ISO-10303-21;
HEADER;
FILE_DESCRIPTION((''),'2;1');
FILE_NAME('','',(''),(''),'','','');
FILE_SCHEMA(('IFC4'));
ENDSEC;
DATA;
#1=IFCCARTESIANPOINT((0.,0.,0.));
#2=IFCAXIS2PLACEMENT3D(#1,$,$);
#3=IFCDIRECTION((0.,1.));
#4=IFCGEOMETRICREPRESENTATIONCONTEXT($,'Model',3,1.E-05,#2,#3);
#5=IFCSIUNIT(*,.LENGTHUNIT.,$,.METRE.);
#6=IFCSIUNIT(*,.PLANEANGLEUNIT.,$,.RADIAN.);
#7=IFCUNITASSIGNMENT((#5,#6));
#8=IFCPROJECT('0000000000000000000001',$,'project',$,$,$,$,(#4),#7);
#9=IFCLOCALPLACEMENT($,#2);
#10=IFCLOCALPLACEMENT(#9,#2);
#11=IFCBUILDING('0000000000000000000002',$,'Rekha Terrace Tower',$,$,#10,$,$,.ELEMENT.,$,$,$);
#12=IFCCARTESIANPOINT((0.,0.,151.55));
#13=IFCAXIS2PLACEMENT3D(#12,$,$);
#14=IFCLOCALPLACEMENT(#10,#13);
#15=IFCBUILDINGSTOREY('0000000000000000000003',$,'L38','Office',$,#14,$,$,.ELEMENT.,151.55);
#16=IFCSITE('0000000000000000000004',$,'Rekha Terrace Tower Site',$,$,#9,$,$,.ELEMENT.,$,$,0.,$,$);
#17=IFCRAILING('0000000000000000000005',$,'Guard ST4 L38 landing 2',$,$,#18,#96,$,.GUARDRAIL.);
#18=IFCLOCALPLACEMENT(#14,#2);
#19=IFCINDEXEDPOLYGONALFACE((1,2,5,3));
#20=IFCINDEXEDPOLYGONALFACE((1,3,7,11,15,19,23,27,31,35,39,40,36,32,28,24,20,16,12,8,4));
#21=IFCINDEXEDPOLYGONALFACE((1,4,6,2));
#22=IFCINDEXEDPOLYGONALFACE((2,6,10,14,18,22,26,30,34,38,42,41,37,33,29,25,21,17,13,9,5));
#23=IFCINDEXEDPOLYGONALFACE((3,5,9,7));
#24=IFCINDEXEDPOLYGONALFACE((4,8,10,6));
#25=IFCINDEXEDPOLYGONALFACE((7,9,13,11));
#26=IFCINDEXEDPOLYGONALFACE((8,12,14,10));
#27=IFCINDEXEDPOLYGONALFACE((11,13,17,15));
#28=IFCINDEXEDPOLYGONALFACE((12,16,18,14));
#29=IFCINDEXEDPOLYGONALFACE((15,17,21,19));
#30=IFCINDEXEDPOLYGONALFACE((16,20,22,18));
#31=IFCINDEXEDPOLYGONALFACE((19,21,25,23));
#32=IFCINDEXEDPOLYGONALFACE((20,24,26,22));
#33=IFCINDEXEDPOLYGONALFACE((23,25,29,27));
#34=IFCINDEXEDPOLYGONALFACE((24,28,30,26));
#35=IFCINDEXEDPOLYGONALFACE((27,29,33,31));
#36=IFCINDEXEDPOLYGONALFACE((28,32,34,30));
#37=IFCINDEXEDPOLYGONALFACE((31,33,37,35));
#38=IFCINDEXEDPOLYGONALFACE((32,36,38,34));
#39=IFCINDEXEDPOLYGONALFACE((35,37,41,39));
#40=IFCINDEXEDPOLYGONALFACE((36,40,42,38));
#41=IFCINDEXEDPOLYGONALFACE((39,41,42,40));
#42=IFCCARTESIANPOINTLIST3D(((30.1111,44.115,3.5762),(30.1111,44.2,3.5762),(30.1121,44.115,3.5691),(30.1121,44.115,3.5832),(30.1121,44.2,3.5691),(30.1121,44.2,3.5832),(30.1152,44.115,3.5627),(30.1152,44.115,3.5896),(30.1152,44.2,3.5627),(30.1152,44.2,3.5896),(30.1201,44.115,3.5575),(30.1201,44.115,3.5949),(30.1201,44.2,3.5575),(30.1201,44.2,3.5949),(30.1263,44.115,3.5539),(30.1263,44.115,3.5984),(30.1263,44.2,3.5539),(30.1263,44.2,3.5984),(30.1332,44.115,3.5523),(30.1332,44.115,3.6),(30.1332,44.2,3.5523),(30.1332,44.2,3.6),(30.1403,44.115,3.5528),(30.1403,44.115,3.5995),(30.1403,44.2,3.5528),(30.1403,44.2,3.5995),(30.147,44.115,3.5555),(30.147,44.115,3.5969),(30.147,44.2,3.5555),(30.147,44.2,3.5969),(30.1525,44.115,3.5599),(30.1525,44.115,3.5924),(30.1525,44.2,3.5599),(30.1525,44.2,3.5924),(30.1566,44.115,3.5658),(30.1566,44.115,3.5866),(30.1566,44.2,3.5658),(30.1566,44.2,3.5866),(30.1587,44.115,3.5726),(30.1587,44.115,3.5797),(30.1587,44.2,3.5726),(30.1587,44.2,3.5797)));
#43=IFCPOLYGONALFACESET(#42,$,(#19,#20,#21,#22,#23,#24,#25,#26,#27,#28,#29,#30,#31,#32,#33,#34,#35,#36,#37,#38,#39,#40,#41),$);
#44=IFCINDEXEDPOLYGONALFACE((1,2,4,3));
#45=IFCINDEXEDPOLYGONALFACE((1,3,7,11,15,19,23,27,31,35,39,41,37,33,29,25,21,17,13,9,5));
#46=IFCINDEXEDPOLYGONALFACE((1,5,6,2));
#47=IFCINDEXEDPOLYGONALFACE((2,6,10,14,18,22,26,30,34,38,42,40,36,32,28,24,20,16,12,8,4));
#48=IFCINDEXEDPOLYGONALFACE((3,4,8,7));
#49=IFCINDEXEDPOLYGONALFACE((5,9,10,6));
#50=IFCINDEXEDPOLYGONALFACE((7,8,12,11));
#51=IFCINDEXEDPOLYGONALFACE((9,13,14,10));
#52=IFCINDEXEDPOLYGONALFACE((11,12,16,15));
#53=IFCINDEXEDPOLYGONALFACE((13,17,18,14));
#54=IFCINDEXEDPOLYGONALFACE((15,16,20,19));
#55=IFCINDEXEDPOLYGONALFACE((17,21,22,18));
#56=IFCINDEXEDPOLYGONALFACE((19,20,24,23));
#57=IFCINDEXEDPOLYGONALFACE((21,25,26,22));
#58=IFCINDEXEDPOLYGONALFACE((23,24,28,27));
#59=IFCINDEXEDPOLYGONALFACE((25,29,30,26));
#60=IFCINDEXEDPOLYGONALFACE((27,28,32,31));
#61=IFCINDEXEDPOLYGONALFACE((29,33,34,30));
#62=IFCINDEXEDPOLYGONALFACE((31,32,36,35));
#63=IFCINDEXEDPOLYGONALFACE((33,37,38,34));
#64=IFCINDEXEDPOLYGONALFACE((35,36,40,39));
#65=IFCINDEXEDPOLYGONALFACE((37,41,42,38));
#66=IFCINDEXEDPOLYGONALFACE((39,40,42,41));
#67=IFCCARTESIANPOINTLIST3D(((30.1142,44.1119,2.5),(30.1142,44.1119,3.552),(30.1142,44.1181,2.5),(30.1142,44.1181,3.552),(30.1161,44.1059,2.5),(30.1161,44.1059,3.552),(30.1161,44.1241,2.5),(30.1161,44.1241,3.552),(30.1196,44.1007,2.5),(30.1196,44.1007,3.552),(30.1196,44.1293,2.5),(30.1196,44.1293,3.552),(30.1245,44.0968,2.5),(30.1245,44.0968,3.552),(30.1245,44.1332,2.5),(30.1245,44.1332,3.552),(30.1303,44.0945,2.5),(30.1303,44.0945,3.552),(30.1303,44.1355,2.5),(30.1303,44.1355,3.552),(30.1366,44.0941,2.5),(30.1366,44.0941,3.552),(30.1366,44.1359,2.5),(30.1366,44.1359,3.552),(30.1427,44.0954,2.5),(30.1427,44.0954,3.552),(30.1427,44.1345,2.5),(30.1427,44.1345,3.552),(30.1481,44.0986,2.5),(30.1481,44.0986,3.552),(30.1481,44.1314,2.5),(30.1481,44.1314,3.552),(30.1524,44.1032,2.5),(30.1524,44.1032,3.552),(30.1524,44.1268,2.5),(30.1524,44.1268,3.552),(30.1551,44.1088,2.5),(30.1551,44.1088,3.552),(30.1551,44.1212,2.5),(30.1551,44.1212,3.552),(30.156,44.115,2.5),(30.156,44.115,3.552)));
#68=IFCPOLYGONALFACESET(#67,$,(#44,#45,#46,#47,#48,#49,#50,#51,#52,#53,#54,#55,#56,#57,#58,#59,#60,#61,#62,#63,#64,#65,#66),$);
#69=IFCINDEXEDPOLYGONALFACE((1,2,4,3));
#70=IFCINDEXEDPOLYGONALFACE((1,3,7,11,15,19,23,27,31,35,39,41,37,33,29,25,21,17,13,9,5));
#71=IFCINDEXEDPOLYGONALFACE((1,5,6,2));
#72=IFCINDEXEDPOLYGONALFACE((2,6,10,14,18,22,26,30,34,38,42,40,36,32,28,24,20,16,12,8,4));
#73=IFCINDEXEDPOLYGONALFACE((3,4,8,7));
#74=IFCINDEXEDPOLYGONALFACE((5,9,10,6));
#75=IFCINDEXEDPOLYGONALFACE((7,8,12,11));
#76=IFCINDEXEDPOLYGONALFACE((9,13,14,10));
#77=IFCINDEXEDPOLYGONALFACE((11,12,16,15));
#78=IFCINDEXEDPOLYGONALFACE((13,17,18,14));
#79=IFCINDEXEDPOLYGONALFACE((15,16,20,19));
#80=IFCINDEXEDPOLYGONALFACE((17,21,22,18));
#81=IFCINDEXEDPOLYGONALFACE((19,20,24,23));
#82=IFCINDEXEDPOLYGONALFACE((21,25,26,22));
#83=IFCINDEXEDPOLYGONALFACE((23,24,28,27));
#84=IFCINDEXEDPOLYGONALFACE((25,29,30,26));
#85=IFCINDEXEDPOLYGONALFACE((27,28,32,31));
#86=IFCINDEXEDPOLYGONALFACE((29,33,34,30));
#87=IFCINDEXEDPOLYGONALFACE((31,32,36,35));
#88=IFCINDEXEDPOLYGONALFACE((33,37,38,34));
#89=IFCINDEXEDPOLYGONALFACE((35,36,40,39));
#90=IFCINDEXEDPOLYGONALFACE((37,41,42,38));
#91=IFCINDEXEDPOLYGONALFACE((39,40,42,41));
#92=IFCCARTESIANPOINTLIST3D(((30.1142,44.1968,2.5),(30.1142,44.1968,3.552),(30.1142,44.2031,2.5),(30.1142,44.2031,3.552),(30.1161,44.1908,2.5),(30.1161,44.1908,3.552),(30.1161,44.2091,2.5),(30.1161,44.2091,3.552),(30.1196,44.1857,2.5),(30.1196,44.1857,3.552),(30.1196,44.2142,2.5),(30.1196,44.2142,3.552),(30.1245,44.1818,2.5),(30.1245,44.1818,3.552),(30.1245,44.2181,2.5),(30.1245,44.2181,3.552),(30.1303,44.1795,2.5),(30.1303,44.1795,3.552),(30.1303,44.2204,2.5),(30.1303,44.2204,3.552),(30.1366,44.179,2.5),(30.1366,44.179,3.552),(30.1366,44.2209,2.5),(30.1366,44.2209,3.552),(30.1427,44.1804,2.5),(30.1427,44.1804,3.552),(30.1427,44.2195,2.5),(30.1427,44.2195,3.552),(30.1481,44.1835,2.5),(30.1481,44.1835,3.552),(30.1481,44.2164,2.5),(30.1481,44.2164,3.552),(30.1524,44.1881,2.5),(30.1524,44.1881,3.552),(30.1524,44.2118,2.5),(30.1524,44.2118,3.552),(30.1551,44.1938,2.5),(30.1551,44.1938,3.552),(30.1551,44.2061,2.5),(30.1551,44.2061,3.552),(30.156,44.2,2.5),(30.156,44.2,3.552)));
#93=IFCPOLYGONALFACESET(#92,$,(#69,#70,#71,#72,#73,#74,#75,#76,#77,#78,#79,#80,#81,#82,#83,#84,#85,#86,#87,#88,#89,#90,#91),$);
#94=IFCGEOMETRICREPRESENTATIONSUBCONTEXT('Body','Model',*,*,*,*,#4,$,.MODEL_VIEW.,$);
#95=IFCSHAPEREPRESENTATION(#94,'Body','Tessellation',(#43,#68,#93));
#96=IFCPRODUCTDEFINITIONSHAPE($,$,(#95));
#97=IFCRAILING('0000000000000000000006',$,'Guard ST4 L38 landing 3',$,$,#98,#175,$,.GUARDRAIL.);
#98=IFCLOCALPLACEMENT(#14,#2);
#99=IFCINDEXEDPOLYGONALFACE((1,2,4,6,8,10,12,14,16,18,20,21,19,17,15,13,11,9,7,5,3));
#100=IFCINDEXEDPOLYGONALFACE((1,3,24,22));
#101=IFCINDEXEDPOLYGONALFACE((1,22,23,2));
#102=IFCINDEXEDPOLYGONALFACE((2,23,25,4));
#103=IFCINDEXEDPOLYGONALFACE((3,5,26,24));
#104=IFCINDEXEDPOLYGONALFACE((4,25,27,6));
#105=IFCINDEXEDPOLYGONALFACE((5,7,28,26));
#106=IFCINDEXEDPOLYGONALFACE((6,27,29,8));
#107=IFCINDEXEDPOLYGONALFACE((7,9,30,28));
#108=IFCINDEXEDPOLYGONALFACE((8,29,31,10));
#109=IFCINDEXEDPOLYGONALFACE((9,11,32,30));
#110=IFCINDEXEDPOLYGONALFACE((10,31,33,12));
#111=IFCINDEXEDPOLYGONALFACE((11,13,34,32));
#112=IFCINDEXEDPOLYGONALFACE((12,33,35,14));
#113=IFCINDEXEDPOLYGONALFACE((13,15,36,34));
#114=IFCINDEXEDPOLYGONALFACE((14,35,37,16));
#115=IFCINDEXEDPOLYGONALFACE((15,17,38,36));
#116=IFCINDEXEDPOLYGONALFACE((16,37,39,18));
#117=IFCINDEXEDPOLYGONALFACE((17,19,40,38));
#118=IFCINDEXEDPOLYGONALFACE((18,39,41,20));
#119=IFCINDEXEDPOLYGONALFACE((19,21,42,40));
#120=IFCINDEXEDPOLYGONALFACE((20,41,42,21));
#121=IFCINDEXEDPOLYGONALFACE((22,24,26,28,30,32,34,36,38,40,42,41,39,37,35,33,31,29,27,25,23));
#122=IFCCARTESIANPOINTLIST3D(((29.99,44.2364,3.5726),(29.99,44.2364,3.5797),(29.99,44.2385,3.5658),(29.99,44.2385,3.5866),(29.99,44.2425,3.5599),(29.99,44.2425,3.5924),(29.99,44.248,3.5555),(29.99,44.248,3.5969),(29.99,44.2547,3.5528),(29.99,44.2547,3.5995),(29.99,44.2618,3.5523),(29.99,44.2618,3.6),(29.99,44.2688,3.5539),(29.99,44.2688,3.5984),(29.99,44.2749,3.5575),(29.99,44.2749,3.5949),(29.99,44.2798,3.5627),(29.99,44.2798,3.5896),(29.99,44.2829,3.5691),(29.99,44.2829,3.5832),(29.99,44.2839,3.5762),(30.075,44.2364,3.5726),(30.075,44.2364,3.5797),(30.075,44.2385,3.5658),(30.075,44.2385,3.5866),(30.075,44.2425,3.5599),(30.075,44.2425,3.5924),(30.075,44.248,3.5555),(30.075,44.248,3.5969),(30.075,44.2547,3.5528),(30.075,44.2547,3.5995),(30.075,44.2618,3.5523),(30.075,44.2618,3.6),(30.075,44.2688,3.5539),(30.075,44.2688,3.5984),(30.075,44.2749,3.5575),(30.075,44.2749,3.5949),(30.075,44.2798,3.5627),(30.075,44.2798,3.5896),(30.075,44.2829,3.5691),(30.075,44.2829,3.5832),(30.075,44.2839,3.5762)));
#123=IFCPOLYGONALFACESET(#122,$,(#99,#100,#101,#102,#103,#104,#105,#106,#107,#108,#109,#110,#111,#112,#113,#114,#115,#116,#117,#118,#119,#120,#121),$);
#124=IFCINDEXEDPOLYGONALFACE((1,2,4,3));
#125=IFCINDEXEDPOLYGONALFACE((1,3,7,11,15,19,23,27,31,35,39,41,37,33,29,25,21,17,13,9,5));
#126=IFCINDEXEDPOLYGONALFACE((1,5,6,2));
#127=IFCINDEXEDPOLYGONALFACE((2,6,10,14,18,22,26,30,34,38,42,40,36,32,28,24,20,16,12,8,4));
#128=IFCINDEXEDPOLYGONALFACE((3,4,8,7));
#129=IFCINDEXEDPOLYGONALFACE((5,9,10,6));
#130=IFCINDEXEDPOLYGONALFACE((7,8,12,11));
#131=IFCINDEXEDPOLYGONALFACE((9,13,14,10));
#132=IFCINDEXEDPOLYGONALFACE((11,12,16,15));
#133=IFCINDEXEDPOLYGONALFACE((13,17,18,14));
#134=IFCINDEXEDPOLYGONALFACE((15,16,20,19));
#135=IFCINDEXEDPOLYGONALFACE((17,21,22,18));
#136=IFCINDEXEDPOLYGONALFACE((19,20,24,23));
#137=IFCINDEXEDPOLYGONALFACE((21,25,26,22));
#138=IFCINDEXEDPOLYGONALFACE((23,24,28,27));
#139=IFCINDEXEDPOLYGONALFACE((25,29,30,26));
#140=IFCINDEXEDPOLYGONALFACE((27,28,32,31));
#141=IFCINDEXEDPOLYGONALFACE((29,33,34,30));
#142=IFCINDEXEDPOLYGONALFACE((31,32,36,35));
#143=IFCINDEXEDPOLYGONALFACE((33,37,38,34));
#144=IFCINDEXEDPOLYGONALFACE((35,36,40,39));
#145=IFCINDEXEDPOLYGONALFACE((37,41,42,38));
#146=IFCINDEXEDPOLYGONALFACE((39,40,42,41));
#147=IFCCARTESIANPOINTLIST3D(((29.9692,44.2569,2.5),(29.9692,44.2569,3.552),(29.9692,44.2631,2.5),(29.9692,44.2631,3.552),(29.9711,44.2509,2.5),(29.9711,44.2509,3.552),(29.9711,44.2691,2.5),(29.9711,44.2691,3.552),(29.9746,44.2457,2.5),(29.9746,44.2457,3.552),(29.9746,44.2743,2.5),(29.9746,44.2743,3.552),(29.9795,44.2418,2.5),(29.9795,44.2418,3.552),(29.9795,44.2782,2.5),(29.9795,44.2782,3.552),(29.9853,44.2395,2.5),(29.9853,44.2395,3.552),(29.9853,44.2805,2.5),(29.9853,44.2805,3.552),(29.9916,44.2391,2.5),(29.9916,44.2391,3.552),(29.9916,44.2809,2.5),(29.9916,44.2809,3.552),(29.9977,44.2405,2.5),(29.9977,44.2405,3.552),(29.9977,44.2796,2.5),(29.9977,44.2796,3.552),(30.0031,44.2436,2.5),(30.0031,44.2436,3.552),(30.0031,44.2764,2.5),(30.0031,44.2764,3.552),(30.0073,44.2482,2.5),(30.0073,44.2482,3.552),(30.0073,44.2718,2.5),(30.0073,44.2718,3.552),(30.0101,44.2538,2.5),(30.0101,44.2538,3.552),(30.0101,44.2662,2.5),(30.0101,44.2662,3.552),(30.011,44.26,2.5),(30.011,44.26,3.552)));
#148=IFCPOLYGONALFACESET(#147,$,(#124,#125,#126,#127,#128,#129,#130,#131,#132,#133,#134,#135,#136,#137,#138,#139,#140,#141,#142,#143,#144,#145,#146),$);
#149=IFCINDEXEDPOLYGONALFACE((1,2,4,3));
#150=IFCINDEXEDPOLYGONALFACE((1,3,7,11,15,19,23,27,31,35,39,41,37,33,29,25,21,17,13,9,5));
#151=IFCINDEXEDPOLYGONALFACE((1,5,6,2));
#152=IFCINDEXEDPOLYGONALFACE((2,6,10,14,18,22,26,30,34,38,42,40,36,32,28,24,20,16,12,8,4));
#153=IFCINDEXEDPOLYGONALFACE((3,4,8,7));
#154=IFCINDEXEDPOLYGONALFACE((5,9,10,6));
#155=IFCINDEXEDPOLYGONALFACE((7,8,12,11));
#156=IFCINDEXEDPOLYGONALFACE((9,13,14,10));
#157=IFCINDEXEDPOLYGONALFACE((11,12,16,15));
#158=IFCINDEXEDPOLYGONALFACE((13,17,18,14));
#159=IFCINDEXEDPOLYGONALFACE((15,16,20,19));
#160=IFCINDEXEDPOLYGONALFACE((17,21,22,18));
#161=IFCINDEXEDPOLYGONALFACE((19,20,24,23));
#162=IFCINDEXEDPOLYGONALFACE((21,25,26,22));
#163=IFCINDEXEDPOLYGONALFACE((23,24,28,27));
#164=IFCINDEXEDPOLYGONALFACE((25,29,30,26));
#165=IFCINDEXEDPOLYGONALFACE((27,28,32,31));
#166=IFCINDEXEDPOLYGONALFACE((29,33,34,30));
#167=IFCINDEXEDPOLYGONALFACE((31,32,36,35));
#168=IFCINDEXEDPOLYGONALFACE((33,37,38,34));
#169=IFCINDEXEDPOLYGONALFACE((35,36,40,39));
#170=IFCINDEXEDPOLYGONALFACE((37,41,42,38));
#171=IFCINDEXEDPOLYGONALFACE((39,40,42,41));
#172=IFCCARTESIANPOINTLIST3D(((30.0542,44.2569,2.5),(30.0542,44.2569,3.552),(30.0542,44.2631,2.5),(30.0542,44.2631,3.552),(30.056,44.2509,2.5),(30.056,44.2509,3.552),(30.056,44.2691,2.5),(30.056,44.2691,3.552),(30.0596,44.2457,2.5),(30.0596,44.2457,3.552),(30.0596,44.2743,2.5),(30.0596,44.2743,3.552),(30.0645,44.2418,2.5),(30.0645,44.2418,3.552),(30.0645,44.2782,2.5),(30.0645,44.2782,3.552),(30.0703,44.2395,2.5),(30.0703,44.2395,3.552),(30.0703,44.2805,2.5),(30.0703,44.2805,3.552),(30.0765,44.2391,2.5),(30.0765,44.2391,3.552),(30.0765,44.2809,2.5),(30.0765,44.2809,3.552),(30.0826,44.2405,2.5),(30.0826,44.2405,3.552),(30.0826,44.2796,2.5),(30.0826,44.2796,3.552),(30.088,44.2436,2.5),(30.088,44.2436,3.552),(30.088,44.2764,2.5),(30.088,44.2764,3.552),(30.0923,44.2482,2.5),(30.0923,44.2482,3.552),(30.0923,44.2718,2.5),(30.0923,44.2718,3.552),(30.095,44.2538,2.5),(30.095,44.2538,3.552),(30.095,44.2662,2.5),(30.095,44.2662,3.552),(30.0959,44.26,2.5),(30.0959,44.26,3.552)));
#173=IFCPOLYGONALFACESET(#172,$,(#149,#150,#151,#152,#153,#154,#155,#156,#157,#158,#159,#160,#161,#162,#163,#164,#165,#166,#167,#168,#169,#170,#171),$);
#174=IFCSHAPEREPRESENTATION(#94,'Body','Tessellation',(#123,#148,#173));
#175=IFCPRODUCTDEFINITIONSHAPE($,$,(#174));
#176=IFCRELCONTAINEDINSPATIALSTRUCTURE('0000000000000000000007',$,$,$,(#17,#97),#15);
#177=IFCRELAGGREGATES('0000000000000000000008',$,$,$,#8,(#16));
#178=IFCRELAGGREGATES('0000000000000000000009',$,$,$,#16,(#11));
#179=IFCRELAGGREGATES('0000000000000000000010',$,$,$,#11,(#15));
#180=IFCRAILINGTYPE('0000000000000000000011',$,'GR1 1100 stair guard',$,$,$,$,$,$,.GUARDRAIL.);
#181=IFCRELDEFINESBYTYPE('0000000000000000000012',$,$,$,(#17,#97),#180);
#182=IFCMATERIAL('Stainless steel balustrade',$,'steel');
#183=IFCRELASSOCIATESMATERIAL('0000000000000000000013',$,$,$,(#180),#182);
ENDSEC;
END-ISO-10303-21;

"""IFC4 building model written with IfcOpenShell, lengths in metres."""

from ifc_helpers import new_model, si_unit, direction, frame, origin, origin_2d, place, context, subcontext, project, spatial, circle, extrude, material, type_object, element, save


model = new_model("IFC4")

# Units and contexts
model_context = context("Model", 3, precision=1e-05, world=origin(), true_north=direction((0.0, 1.0)))
body_context = subcontext(model_context, "Body", "Model", "MODEL_VIEW")
ifc_project = project(units=[si_unit("LENGTHUNIT", "METRE"), si_unit("PLANEANGLEUNIT", "RADIAN")], contexts=[model_context])

# Site, building, storey
site_placement = place(None, origin())
site = spatial("IfcSite", under=ifc_project, at=site_placement, Name="Rekha Terrace Tower Site", CompositionType="ELEMENT", RefElevation=0.0)
building_placement = place(site_placement, origin())
building = spatial("IfcBuilding", under=site, at=building_placement, Name="Rekha Terrace Tower", CompositionType="ELEMENT")
storey_placement = place(building_placement, frame((0.0, 0.0, 151.55)))
storey = spatial("IfcBuildingStorey", under=building, at=storey_placement, Name="L38", Description="Office", CompositionType="ELEMENT", Elevation=151.55)

# Railings
ifc_material_1 = material(Name="Stainless steel balustrade", Category="steel")
railing_type_1 = type_object("IfcRailingType", Name="GR1 1100 stair guard", PredefinedType="GUARDRAIL", material=ifc_material_1)
railing_1_placement = place(storey_placement, frame((30.135, 44.115, 2.5)))
element("IfcRailing", 1, at=railing_1_placement, inside=storey, type_object=railing_type_1, Name="Guard ST4 L38 landing 2", PredefinedType="GUARDRAIL", context=body_context, shape_type="SweptSolid", body=[
    extrude(circle(Radius=0.0239, at=origin_2d()), frame((0.0, 0.0, 1.0762), z_axis=(0.0, 1.0, 0.0), x_axis=(-1.0, 0.0, 0.0)), (0.0, 0.0, 1.0), 0.085),
    extrude(circle(Radius=0.021, at=origin_2d()), origin(), (0.0, 0.0, 1.0), 1.052),
    extrude(circle(Radius=0.021, at=origin_2d()), frame((0.0, 0.085, 0.0)), (0.0, 0.0, 1.0), 1.052),
])
railing_2_placement = place(storey_placement, frame((29.99, 44.26, 2.5)))
element("IfcRailing", 2, at=railing_2_placement, inside=storey, type_object=railing_type_1, Name="Guard ST4 L38 landing 3", PredefinedType="GUARDRAIL", context=body_context, shape_type="SweptSolid", body=[
    extrude(circle(Radius=0.0239, at=origin_2d()), frame((0.0, 0.0, 1.0762), z_axis=(1.0, 0.0, 0.0), x_axis=(0.0, 1.0, 0.0)), (0.0, 0.0, 1.0), 0.085),
    extrude(circle(Radius=0.021, at=origin_2d()), origin(), (0.0, 0.0, 1.0), 1.052),
    extrude(circle(Radius=0.021, at=origin_2d()), frame((0.085, 0.0, 0.0)), (0.0, 0.0, 1.0), 1.052),
])

save(model, "model.ifc")
